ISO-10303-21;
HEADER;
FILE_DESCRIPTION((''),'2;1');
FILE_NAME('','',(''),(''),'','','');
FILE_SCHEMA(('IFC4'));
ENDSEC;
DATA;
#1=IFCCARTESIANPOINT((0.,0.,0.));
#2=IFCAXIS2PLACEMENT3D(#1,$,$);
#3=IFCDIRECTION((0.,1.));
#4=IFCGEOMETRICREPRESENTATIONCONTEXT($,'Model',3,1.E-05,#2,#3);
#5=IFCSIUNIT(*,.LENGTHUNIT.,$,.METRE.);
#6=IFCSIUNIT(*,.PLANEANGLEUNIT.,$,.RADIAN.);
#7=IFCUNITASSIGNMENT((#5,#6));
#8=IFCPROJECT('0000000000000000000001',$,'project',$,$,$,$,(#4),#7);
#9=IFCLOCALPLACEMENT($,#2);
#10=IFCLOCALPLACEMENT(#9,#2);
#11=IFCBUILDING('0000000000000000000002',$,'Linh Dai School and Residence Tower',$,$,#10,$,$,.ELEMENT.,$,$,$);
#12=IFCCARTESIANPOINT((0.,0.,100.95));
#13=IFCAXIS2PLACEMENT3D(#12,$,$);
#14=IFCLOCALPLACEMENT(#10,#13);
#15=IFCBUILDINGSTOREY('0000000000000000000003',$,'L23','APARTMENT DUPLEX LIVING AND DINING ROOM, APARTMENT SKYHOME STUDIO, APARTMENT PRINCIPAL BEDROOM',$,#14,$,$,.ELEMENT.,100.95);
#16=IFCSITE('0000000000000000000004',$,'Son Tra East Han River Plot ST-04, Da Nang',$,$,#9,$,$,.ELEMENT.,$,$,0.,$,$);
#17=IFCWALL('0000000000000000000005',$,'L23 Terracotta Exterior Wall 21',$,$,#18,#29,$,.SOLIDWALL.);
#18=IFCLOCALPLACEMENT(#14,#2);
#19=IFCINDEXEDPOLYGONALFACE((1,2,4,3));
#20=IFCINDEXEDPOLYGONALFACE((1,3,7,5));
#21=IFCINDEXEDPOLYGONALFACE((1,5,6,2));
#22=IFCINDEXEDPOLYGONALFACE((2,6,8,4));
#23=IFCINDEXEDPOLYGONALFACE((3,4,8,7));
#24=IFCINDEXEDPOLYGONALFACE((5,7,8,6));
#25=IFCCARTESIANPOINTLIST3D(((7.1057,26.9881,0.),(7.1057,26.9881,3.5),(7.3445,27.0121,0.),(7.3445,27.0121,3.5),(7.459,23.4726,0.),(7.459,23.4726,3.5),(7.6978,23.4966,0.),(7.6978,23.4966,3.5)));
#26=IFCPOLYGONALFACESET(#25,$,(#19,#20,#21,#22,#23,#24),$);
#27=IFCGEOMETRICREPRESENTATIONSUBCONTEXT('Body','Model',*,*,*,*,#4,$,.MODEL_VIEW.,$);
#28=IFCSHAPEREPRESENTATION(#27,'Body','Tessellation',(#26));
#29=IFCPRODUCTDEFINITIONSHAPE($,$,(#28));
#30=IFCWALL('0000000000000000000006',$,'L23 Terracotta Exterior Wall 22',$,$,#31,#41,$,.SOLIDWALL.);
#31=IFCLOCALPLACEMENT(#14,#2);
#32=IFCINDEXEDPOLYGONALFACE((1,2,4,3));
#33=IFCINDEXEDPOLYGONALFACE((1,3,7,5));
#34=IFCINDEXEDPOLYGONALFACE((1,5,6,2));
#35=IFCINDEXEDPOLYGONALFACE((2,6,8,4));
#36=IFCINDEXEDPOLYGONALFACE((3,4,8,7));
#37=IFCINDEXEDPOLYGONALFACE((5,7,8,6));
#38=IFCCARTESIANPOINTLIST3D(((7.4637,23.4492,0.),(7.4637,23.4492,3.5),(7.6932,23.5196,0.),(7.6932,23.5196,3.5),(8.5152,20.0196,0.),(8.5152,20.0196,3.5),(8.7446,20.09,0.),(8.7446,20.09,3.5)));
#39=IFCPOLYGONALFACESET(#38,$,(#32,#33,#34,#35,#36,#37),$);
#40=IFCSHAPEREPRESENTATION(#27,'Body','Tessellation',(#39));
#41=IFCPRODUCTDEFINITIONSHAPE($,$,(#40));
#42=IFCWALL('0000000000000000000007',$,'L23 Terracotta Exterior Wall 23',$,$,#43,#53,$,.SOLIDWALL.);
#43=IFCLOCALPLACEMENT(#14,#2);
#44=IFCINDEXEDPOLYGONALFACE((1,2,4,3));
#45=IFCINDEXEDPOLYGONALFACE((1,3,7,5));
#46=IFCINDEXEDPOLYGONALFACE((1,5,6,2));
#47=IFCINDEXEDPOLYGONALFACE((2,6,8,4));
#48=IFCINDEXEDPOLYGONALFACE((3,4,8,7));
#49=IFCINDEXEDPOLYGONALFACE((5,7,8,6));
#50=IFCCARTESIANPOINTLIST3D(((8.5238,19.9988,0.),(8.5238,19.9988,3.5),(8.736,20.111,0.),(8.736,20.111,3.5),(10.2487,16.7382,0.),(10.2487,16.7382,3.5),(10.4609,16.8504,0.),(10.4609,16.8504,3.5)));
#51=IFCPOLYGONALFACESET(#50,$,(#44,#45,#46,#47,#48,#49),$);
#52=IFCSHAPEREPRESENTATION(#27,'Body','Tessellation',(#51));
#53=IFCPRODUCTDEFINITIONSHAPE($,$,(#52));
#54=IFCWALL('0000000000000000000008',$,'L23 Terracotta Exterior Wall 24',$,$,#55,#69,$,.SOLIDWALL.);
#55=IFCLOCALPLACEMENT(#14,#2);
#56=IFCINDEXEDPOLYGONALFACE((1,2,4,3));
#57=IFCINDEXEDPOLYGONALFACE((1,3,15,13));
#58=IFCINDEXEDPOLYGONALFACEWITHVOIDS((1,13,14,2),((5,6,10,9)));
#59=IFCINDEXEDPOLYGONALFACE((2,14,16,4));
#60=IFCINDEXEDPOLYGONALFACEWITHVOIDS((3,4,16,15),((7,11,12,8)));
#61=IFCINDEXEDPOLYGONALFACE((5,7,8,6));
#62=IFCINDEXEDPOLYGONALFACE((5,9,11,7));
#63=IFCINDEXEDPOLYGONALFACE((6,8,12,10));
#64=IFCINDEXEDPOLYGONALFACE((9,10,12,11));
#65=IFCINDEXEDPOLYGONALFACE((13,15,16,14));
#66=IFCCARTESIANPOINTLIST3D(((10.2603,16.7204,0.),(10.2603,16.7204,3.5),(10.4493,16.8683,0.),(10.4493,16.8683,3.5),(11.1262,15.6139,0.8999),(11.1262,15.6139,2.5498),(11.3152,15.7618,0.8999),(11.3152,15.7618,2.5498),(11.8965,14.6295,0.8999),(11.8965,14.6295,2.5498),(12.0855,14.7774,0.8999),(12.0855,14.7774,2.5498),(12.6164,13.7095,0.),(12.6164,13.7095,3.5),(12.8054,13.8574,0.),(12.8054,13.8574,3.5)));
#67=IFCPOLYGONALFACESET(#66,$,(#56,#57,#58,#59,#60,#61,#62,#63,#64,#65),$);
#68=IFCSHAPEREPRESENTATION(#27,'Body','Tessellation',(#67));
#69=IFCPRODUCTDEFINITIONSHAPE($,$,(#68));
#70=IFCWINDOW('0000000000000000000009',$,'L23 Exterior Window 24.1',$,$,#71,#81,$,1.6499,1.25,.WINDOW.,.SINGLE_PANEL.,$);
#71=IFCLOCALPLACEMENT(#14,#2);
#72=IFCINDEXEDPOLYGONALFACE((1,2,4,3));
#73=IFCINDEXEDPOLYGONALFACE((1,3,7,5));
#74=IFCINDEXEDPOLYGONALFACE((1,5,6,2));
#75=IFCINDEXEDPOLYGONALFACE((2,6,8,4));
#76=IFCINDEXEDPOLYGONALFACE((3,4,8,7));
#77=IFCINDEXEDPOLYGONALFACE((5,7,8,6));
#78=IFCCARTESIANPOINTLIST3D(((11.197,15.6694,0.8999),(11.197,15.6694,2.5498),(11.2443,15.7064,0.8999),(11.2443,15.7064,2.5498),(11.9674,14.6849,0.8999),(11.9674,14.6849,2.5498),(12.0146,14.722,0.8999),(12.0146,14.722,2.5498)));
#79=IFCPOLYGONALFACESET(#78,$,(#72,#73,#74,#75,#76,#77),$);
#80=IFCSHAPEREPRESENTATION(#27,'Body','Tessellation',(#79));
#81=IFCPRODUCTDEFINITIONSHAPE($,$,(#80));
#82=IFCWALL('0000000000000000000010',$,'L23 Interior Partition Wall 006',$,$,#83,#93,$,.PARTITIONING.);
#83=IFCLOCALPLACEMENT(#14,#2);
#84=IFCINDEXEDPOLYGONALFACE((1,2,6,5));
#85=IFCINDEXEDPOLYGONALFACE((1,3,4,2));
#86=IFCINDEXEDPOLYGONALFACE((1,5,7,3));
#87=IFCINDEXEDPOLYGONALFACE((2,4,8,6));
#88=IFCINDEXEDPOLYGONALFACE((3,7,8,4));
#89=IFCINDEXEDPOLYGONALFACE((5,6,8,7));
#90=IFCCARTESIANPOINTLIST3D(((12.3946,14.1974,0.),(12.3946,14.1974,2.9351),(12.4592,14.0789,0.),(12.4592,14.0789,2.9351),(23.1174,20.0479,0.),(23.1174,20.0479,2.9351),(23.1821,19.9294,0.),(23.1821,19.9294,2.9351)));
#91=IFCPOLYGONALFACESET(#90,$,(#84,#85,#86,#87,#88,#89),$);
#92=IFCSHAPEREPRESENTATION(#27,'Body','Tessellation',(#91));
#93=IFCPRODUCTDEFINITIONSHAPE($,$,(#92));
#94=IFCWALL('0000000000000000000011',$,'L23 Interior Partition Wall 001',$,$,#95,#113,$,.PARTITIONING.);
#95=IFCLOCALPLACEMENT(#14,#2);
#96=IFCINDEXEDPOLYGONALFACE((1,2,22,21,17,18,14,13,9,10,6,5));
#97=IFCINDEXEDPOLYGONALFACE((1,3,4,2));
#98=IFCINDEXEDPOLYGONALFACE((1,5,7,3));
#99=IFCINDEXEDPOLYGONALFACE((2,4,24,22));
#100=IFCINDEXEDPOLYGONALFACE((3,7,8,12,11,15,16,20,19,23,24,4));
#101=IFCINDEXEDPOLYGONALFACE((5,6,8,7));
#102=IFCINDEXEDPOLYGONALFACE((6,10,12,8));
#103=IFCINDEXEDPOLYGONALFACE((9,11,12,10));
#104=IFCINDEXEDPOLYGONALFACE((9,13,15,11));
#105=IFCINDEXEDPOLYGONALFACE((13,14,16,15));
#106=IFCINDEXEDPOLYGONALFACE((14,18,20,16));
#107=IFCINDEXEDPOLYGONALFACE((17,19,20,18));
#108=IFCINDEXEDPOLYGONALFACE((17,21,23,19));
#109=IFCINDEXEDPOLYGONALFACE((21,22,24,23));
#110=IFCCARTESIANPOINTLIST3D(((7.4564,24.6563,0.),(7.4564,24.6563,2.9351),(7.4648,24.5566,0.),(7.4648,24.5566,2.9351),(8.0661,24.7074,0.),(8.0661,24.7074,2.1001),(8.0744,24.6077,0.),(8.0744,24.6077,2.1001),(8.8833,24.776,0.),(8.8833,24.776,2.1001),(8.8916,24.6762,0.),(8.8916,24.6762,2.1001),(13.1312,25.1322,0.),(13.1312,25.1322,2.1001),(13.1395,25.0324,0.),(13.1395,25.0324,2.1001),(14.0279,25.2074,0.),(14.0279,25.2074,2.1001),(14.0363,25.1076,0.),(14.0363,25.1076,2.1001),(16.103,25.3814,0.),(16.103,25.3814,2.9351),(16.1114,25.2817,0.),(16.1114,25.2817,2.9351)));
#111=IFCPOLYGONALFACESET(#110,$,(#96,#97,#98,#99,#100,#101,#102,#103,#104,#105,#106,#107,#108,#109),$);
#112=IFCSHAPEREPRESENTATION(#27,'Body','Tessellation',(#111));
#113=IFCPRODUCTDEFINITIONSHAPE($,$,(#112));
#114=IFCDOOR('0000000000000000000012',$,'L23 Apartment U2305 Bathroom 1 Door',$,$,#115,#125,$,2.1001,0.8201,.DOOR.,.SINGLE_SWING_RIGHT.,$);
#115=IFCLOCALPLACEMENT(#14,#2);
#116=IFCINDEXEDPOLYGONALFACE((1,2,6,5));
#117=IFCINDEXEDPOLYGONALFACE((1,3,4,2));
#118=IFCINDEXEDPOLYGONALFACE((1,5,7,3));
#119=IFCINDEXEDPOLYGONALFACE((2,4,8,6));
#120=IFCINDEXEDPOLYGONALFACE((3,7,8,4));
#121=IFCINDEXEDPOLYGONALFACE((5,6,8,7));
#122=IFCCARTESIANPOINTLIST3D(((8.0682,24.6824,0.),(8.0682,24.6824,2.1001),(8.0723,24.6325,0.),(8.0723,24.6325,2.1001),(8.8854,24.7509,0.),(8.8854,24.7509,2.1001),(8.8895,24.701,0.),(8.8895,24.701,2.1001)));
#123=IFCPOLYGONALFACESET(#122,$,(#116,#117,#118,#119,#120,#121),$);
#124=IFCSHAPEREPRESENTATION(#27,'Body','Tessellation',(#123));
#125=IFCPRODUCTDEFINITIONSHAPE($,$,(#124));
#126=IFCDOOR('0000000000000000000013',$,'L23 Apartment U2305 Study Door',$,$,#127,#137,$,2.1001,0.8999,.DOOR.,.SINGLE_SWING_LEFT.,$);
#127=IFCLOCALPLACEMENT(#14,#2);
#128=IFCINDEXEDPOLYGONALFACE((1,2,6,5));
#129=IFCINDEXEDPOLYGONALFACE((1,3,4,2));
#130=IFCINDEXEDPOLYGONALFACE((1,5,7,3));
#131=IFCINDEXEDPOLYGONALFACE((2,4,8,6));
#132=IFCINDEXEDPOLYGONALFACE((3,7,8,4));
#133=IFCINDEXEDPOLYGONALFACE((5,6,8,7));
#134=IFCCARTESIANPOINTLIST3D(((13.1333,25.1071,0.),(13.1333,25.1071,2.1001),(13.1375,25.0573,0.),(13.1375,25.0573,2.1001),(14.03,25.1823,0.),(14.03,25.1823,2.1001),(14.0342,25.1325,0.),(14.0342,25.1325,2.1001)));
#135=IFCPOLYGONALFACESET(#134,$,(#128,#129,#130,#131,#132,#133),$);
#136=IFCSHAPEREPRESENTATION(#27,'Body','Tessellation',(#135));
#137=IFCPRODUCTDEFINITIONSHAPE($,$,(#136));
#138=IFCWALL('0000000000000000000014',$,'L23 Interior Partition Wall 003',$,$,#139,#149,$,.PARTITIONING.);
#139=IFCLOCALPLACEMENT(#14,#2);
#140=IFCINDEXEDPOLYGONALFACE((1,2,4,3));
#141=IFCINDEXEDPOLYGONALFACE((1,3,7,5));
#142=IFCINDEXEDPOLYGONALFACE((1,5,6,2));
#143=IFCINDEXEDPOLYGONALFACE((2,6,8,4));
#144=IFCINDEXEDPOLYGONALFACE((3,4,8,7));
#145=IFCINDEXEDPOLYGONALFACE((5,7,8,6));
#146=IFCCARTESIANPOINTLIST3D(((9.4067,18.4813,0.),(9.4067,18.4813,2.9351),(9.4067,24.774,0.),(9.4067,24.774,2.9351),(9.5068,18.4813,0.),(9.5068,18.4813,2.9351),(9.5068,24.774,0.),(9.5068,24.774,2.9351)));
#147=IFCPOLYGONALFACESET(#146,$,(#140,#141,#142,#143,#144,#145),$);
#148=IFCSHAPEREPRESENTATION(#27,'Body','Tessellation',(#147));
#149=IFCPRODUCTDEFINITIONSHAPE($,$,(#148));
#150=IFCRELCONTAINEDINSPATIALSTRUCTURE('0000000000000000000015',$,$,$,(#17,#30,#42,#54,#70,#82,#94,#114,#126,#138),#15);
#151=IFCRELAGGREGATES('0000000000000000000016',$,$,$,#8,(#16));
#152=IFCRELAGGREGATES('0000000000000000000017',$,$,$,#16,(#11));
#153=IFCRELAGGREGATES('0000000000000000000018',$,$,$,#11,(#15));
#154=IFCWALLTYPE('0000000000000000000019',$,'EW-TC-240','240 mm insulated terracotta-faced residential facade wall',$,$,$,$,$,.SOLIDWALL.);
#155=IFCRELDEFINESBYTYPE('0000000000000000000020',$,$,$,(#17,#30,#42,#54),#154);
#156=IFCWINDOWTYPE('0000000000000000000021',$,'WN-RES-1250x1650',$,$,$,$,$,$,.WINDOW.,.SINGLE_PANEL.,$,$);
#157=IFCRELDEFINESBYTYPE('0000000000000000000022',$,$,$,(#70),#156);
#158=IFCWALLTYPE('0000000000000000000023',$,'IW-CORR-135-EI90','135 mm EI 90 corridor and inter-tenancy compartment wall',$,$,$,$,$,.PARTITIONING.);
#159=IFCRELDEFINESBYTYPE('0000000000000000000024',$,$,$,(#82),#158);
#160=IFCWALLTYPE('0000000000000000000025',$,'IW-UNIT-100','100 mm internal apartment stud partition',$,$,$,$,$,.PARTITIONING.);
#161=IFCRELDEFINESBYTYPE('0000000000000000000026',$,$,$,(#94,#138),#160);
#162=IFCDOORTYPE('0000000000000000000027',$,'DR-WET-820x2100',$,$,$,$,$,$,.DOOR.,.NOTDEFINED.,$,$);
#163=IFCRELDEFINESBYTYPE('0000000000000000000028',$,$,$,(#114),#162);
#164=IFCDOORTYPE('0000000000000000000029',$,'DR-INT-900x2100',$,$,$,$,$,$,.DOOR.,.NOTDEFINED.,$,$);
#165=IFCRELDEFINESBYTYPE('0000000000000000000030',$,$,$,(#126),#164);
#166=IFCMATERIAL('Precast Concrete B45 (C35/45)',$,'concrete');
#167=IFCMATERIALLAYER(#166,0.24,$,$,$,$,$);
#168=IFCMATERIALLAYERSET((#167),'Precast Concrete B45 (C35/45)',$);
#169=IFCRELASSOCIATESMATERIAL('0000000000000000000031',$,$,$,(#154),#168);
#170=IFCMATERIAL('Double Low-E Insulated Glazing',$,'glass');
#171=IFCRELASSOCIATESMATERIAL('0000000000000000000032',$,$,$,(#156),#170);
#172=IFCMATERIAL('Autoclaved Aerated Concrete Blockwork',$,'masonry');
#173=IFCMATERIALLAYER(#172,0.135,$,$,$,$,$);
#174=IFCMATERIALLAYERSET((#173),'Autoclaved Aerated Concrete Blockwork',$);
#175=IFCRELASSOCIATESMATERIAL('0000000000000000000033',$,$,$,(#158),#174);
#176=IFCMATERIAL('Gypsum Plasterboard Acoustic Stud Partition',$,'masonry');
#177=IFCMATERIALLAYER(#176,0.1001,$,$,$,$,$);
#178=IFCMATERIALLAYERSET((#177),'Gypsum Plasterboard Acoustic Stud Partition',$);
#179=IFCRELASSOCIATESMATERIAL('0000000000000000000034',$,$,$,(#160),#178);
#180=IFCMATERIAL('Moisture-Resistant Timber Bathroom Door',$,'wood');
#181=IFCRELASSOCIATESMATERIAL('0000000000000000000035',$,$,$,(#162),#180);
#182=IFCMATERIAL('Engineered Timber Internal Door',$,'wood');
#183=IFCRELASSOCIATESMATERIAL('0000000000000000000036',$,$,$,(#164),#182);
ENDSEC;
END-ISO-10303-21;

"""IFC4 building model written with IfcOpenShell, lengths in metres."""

from ifc_helpers import new_model, si_unit, direction, frame, frame_2d, origin, origin_2d, place, context, subcontext, project, spatial, rectangle, extrude, source, transform, mapped, material, layer, layer_set, type_object, element, fill, save


model = new_model("IFC4")

# Units and contexts
model_context = context("Model", 3, precision=1e-05, world=origin(), true_north=direction((0.0, 1.0)))
body_context = subcontext(model_context, "Body", "Model", "MODEL_VIEW")
ifc_project = project(units=[si_unit("LENGTHUNIT", "METRE"), si_unit("PLANEANGLEUNIT", "RADIAN")], contexts=[model_context])

# Site, building, storey
site_placement = place(None, origin())
site = spatial("IfcSite", under=ifc_project, at=site_placement, Name="Son Tra East Han River Plot ST-04, Da Nang", CompositionType="ELEMENT", RefElevation=0.0)
building_placement = place(site_placement, origin())
building = spatial("IfcBuilding", under=site, at=building_placement, Name="Linh Dai School and Residence Tower", CompositionType="ELEMENT")
storey_placement = place(building_placement, frame((0.0, 0.0, 100.95)))
storey = spatial("IfcBuildingStorey", under=building, at=storey_placement, Name="L23", Description="APARTMENT DUPLEX LIVING AND DINING ROOM, APARTMENT SKYHOME STUDIO, APARTMENT PRINCIPAL BEDROOM", CompositionType="ELEMENT", Elevation=100.95)

# Shared definitions
ifc_material_1 = material(Name="Precast Concrete B45 (C35/45)", Category="concrete")

# Walls
ifc_layer_1 = layer(ifc_material_1, 0.24)
ifc_layer_set_1 = layer_set([ifc_layer_1], Name="Precast Concrete B45 (C35/45)")
wall_type_1 = type_object("IfcWallType", Name="EW-TC-240", Description="240 mm insulated terracotta-faced residential facade wall", PredefinedType="SOLIDWALL", material=ifc_layer_set_1)
wall_1_placement = place(storey_placement, frame((7.5784, 23.4846, 0.0), z_axis=(0.0, 0.0, 1.0), x_axis=(-0.099989, 0.994988, 0.0)))
element("IfcWall", 1, at=wall_1_placement, inside=storey, type_object=wall_type_1, Name="L23 Terracotta Exterior Wall 21", PredefinedType="SOLIDWALL", context=body_context, shape_type="SweptSolid", body=[
    extrude(rectangle(XDim=3.5332, YDim=0.24, at=frame_2d((1.7666, 0.0))), origin(), (0.0, 0.0, 1.0), 3.5),
])
wall_2_placement = place(storey_placement, frame((8.6299, 20.0549, 0.0), z_axis=(0.0, 0.0, 1.0), x_axis=(-0.293124, 0.956074, 0.0)))
element("IfcWall", 2, at=wall_2_placement, inside=storey, type_object=wall_type_1, Name="L23 Terracotta Exterior Wall 22", PredefinedType="SOLIDWALL", context=body_context, shape_type="SweptSolid", body=[
    extrude(rectangle(XDim=3.5872, YDim=0.24, at=frame_2d((1.7935, 0.0))), origin(), (0.0, 0.0, 1.0), 3.5),
])
wall_3_placement = place(storey_placement, frame((10.3547, 16.7944, 0.0), z_axis=(0.0, 0.0, 1.0), x_axis=(-0.467614, 0.883933, 0.0)))
element("IfcWall", 3, at=wall_3_placement, inside=storey, type_object=wall_type_1, Name="L23 Terracotta Exterior Wall 23", PredefinedType="SOLIDWALL", context=body_context, shape_type="SweptSolid", body=[
    extrude(rectangle(XDim=3.6887, YDim=0.24, at=frame_2d((1.8442, 0.0))), origin(), (0.0, 0.0, 1.0), 3.5),
])

# Wall, opening, window
wall_4_placement = place(storey_placement, frame((12.7109, 13.7834, 0.0), z_axis=(0.0, 0.0, 1.0), x_axis=(-0.616272, 0.787533, 0.0)))
wall_4 = element("IfcWall", 4, at=wall_4_placement, inside=storey, type_object=wall_type_1, Name="L23 Terracotta Exterior Wall 24", PredefinedType="SOLIDWALL", context=body_context, shape_type="SweptSolid", body=[
    extrude(rectangle(XDim=3.8232, YDim=0.24, at=frame_2d((1.9116, 0.0))), origin(), (0.0, 0.0, 1.0), 3.5),
])
opening_1_placement = place(wall_4_placement, frame((1.1682, 0.0, 0.8999)))
opening_1 = element("IfcOpeningElement", 5, at=opening_1_placement, cuts=wall_4, PredefinedType="OPENING", context=body_context, shape_type="SweptSolid", body=[
    extrude(rectangle(XDim=1.25, YDim=1.6499, at=origin_2d()), frame((0.625, 0.1299, 0.825), z_axis=(0.0, -1.0, 0.0), x_axis=(1.0, 0.0, 0.0)), (0.0, 0.0, 1.0), 0.26),
])
ifc_material_2 = material(Name="Double Low-E Insulated Glazing", Category="glass")
window_type = type_object("IfcWindowType", Name="WN-RES-1250x1650", PartitioningType="SINGLE_PANEL", PredefinedType="WINDOW", material=ifc_material_2)
shared_shape_1 = source(origin(), body_context, "Body", "SweptSolid", [
    extrude(rectangle(XDim=1.25, YDim=1.6499, at=origin_2d()), frame((0.625, 0.03, 0.825), z_axis=(0.0, -1.0, 0.0), x_axis=(1.0, 0.0, 0.0)), (0.0, 0.0, 1.0), 0.0601),
])
window_placement = place(opening_1_placement, origin())
window = element("IfcWindow", 6, at=window_placement, inside=storey, type_object=window_type, Name="L23 Exterior Window 24.1", OverallHeight=1.6499, OverallWidth=1.25, PartitioningType="SINGLE_PANEL", PredefinedType="WINDOW", context=body_context, shape_type="MappedRepresentation", body=[
    mapped(shared_shape_1, transform((0.0, 0.0, 0.0), x_axis=(1.0, 0.0, 0.0), y_axis=(0.0, 1.0, 0.0), z_axis=(0.0, 0.0, 1.0), scale=1.0)),
])
fill(opening_1, window)

# Wall
ifc_material_3 = material(Name="Autoclaved Aerated Concrete Blockwork", Category="masonry")
ifc_layer_2 = layer(ifc_material_3, 0.135)
ifc_layer_set_2 = layer_set([ifc_layer_2], Name="Autoclaved Aerated Concrete Blockwork")
wall_type_2 = type_object("IfcWallType", Name="IW-CORR-135-EI90", Description="135 mm EI 90 corridor and inter-tenancy compartment wall", PredefinedType="PARTITIONING", material=ifc_layer_set_2)
wall_5_placement = place(storey_placement, frame((12.427, 14.1382, 0.0), z_axis=(0.0, 0.0, 1.0), x_axis=(0.877836, 0.478961, 0.0)))
element("IfcWall", 7, at=wall_5_placement, inside=storey, type_object=wall_type_2, Name="L23 Interior Partition Wall 006", PredefinedType="PARTITIONING", context=body_context, shape_type="SweptSolid", body=[
    extrude(rectangle(XDim=12.2151, YDim=0.135, at=frame_2d((6.1074, 0.0))), origin(), (0.0, 0.0, 1.0), 2.9351),
])

# Wall, openings, doors
ifc_material_4 = material(Name="Gypsum Plasterboard Acoustic Stud Partition", Category="masonry")
ifc_layer_3 = layer(ifc_material_4, 0.1001)
ifc_layer_set_3 = layer_set([ifc_layer_3], Name="Gypsum Plasterboard Acoustic Stud Partition")
wall_type_3 = type_object("IfcWallType", Name="IW-UNIT-100", Description="100 mm internal apartment stud partition", PredefinedType="PARTITIONING", material=ifc_layer_set_3)
wall_6_placement = place(storey_placement, frame((7.4607, 24.6064, 0.0), z_axis=(0.0, 0.0, 1.0), x_axis=(0.996502, 0.083565, 0.0)))
wall_6 = element("IfcWall", 8, at=wall_6_placement, inside=storey, type_object=wall_type_3, Name="L23 Interior Partition Wall 001", PredefinedType="PARTITIONING", context=body_context, shape_type="SweptSolid", body=[
    extrude(rectangle(XDim=8.677, YDim=0.1001, at=frame_2d((4.3384, 0.0))), origin(), (0.0, 0.0, 1.0), 2.9351),
])
opening_2_placement = place(wall_6_placement, frame((5.6946, 0.0, 0.0)))
opening_2 = element("IfcOpeningElement", 9, at=opening_2_placement, cuts=wall_6, PredefinedType="OPENING", context=body_context, shape_type="SweptSolid", body=[
    extrude(rectangle(XDim=0.8999, YDim=2.1001, at=origin_2d()), frame((0.45, 0.0601, 1.05), z_axis=(0.0, -1.0, 0.0), x_axis=(1.0, 0.0, 0.0)), (0.0, 0.0, 1.0), 0.1201),
])
opening_3_placement = place(wall_6_placement, frame((0.6116, 0.0, 0.0)))
opening_3 = element("IfcOpeningElement", 10, at=opening_3_placement, cuts=wall_6, PredefinedType="OPENING", context=body_context, shape_type="SweptSolid", body=[
    extrude(rectangle(XDim=0.8201, YDim=2.1001, at=origin_2d()), frame((0.4102, 0.0601, 1.05), z_axis=(0.0, -1.0, 0.0), x_axis=(1.0, 0.0, 0.0)), (0.0, 0.0, 1.0), 0.1201),
])
ifc_material_5 = material(Name="Moisture-Resistant Timber Bathroom Door", Category="wood")
door_type_1 = type_object("IfcDoorType", Name="DR-WET-820x2100", OperationType="NOTDEFINED", PredefinedType="DOOR", material=ifc_material_5)
shared_shape_2 = source(origin(), body_context, "Body", "SweptSolid", [
    extrude(rectangle(XDim=0.8201, YDim=2.1001, at=origin_2d()), frame((0.4102, 0.0249, 1.05), z_axis=(0.0, -1.0, 0.0), x_axis=(1.0, 0.0, 0.0)), (0.0, 0.0, 1.0), 0.05),
])
door_1_placement = place(opening_3_placement, origin())
door_1 = element("IfcDoor", 11, at=door_1_placement, inside=storey, type_object=door_type_1, Name="L23 Apartment U2305 Bathroom 1 Door", OperationType="SINGLE_SWING_RIGHT", OverallHeight=2.1001, OverallWidth=0.8201, PredefinedType="DOOR", context=body_context, shape_type="MappedRepresentation", body=[
    mapped(shared_shape_2, transform((0.0, 0.0, 0.0), x_axis=(1.0, 0.0, 0.0), y_axis=(0.0, 1.0, 0.0), z_axis=(0.0, 0.0, 1.0), scale=1.0)),
])
fill(opening_3, door_1)
ifc_material_6 = material(Name="Engineered Timber Internal Door", Category="wood")
door_type_2 = type_object("IfcDoorType", Name="DR-INT-900x2100", OperationType="NOTDEFINED", PredefinedType="DOOR", material=ifc_material_6)
shared_shape_3 = source(origin(), body_context, "Body", "SweptSolid", [
    extrude(rectangle(XDim=0.8999, YDim=2.1001, at=origin_2d()), frame((0.45, 0.0249, 1.05), z_axis=(0.0, -1.0, 0.0), x_axis=(1.0, 0.0, 0.0)), (0.0, 0.0, 1.0), 0.05),
])
door_2_placement = place(opening_2_placement, origin())
door_2 = element("IfcDoor", 12, at=door_2_placement, inside=storey, type_object=door_type_2, Name="L23 Apartment U2305 Study Door", OperationType="SINGLE_SWING_LEFT", OverallHeight=2.1001, OverallWidth=0.8999, PredefinedType="DOOR", context=body_context, shape_type="MappedRepresentation", body=[
    mapped(shared_shape_3, transform((0.0, 0.0, 0.0), x_axis=(1.0, 0.0, 0.0), y_axis=(0.0, 1.0, 0.0), z_axis=(0.0, 0.0, 1.0), scale=1.0)),
])
fill(opening_2, door_2)

# Wall
wall_7_placement = place(storey_placement, frame((9.4568, 18.4812, 0.0), z_axis=(0.0, 0.0, 1.0), x_axis=(0.0, 1.0, 0.0)))
element("IfcWall", 13, at=wall_7_placement, inside=storey, type_object=wall_type_3, Name="L23 Interior Partition Wall 003", PredefinedType="PARTITIONING", context=body_context, shape_type="SweptSolid", body=[
    extrude(rectangle(XDim=6.2927, YDim=0.1001, at=frame_2d((3.1465, 0.0))), origin(), (0.0, 0.0, 1.0), 2.9351),
])

save(model, "model.ifc")
